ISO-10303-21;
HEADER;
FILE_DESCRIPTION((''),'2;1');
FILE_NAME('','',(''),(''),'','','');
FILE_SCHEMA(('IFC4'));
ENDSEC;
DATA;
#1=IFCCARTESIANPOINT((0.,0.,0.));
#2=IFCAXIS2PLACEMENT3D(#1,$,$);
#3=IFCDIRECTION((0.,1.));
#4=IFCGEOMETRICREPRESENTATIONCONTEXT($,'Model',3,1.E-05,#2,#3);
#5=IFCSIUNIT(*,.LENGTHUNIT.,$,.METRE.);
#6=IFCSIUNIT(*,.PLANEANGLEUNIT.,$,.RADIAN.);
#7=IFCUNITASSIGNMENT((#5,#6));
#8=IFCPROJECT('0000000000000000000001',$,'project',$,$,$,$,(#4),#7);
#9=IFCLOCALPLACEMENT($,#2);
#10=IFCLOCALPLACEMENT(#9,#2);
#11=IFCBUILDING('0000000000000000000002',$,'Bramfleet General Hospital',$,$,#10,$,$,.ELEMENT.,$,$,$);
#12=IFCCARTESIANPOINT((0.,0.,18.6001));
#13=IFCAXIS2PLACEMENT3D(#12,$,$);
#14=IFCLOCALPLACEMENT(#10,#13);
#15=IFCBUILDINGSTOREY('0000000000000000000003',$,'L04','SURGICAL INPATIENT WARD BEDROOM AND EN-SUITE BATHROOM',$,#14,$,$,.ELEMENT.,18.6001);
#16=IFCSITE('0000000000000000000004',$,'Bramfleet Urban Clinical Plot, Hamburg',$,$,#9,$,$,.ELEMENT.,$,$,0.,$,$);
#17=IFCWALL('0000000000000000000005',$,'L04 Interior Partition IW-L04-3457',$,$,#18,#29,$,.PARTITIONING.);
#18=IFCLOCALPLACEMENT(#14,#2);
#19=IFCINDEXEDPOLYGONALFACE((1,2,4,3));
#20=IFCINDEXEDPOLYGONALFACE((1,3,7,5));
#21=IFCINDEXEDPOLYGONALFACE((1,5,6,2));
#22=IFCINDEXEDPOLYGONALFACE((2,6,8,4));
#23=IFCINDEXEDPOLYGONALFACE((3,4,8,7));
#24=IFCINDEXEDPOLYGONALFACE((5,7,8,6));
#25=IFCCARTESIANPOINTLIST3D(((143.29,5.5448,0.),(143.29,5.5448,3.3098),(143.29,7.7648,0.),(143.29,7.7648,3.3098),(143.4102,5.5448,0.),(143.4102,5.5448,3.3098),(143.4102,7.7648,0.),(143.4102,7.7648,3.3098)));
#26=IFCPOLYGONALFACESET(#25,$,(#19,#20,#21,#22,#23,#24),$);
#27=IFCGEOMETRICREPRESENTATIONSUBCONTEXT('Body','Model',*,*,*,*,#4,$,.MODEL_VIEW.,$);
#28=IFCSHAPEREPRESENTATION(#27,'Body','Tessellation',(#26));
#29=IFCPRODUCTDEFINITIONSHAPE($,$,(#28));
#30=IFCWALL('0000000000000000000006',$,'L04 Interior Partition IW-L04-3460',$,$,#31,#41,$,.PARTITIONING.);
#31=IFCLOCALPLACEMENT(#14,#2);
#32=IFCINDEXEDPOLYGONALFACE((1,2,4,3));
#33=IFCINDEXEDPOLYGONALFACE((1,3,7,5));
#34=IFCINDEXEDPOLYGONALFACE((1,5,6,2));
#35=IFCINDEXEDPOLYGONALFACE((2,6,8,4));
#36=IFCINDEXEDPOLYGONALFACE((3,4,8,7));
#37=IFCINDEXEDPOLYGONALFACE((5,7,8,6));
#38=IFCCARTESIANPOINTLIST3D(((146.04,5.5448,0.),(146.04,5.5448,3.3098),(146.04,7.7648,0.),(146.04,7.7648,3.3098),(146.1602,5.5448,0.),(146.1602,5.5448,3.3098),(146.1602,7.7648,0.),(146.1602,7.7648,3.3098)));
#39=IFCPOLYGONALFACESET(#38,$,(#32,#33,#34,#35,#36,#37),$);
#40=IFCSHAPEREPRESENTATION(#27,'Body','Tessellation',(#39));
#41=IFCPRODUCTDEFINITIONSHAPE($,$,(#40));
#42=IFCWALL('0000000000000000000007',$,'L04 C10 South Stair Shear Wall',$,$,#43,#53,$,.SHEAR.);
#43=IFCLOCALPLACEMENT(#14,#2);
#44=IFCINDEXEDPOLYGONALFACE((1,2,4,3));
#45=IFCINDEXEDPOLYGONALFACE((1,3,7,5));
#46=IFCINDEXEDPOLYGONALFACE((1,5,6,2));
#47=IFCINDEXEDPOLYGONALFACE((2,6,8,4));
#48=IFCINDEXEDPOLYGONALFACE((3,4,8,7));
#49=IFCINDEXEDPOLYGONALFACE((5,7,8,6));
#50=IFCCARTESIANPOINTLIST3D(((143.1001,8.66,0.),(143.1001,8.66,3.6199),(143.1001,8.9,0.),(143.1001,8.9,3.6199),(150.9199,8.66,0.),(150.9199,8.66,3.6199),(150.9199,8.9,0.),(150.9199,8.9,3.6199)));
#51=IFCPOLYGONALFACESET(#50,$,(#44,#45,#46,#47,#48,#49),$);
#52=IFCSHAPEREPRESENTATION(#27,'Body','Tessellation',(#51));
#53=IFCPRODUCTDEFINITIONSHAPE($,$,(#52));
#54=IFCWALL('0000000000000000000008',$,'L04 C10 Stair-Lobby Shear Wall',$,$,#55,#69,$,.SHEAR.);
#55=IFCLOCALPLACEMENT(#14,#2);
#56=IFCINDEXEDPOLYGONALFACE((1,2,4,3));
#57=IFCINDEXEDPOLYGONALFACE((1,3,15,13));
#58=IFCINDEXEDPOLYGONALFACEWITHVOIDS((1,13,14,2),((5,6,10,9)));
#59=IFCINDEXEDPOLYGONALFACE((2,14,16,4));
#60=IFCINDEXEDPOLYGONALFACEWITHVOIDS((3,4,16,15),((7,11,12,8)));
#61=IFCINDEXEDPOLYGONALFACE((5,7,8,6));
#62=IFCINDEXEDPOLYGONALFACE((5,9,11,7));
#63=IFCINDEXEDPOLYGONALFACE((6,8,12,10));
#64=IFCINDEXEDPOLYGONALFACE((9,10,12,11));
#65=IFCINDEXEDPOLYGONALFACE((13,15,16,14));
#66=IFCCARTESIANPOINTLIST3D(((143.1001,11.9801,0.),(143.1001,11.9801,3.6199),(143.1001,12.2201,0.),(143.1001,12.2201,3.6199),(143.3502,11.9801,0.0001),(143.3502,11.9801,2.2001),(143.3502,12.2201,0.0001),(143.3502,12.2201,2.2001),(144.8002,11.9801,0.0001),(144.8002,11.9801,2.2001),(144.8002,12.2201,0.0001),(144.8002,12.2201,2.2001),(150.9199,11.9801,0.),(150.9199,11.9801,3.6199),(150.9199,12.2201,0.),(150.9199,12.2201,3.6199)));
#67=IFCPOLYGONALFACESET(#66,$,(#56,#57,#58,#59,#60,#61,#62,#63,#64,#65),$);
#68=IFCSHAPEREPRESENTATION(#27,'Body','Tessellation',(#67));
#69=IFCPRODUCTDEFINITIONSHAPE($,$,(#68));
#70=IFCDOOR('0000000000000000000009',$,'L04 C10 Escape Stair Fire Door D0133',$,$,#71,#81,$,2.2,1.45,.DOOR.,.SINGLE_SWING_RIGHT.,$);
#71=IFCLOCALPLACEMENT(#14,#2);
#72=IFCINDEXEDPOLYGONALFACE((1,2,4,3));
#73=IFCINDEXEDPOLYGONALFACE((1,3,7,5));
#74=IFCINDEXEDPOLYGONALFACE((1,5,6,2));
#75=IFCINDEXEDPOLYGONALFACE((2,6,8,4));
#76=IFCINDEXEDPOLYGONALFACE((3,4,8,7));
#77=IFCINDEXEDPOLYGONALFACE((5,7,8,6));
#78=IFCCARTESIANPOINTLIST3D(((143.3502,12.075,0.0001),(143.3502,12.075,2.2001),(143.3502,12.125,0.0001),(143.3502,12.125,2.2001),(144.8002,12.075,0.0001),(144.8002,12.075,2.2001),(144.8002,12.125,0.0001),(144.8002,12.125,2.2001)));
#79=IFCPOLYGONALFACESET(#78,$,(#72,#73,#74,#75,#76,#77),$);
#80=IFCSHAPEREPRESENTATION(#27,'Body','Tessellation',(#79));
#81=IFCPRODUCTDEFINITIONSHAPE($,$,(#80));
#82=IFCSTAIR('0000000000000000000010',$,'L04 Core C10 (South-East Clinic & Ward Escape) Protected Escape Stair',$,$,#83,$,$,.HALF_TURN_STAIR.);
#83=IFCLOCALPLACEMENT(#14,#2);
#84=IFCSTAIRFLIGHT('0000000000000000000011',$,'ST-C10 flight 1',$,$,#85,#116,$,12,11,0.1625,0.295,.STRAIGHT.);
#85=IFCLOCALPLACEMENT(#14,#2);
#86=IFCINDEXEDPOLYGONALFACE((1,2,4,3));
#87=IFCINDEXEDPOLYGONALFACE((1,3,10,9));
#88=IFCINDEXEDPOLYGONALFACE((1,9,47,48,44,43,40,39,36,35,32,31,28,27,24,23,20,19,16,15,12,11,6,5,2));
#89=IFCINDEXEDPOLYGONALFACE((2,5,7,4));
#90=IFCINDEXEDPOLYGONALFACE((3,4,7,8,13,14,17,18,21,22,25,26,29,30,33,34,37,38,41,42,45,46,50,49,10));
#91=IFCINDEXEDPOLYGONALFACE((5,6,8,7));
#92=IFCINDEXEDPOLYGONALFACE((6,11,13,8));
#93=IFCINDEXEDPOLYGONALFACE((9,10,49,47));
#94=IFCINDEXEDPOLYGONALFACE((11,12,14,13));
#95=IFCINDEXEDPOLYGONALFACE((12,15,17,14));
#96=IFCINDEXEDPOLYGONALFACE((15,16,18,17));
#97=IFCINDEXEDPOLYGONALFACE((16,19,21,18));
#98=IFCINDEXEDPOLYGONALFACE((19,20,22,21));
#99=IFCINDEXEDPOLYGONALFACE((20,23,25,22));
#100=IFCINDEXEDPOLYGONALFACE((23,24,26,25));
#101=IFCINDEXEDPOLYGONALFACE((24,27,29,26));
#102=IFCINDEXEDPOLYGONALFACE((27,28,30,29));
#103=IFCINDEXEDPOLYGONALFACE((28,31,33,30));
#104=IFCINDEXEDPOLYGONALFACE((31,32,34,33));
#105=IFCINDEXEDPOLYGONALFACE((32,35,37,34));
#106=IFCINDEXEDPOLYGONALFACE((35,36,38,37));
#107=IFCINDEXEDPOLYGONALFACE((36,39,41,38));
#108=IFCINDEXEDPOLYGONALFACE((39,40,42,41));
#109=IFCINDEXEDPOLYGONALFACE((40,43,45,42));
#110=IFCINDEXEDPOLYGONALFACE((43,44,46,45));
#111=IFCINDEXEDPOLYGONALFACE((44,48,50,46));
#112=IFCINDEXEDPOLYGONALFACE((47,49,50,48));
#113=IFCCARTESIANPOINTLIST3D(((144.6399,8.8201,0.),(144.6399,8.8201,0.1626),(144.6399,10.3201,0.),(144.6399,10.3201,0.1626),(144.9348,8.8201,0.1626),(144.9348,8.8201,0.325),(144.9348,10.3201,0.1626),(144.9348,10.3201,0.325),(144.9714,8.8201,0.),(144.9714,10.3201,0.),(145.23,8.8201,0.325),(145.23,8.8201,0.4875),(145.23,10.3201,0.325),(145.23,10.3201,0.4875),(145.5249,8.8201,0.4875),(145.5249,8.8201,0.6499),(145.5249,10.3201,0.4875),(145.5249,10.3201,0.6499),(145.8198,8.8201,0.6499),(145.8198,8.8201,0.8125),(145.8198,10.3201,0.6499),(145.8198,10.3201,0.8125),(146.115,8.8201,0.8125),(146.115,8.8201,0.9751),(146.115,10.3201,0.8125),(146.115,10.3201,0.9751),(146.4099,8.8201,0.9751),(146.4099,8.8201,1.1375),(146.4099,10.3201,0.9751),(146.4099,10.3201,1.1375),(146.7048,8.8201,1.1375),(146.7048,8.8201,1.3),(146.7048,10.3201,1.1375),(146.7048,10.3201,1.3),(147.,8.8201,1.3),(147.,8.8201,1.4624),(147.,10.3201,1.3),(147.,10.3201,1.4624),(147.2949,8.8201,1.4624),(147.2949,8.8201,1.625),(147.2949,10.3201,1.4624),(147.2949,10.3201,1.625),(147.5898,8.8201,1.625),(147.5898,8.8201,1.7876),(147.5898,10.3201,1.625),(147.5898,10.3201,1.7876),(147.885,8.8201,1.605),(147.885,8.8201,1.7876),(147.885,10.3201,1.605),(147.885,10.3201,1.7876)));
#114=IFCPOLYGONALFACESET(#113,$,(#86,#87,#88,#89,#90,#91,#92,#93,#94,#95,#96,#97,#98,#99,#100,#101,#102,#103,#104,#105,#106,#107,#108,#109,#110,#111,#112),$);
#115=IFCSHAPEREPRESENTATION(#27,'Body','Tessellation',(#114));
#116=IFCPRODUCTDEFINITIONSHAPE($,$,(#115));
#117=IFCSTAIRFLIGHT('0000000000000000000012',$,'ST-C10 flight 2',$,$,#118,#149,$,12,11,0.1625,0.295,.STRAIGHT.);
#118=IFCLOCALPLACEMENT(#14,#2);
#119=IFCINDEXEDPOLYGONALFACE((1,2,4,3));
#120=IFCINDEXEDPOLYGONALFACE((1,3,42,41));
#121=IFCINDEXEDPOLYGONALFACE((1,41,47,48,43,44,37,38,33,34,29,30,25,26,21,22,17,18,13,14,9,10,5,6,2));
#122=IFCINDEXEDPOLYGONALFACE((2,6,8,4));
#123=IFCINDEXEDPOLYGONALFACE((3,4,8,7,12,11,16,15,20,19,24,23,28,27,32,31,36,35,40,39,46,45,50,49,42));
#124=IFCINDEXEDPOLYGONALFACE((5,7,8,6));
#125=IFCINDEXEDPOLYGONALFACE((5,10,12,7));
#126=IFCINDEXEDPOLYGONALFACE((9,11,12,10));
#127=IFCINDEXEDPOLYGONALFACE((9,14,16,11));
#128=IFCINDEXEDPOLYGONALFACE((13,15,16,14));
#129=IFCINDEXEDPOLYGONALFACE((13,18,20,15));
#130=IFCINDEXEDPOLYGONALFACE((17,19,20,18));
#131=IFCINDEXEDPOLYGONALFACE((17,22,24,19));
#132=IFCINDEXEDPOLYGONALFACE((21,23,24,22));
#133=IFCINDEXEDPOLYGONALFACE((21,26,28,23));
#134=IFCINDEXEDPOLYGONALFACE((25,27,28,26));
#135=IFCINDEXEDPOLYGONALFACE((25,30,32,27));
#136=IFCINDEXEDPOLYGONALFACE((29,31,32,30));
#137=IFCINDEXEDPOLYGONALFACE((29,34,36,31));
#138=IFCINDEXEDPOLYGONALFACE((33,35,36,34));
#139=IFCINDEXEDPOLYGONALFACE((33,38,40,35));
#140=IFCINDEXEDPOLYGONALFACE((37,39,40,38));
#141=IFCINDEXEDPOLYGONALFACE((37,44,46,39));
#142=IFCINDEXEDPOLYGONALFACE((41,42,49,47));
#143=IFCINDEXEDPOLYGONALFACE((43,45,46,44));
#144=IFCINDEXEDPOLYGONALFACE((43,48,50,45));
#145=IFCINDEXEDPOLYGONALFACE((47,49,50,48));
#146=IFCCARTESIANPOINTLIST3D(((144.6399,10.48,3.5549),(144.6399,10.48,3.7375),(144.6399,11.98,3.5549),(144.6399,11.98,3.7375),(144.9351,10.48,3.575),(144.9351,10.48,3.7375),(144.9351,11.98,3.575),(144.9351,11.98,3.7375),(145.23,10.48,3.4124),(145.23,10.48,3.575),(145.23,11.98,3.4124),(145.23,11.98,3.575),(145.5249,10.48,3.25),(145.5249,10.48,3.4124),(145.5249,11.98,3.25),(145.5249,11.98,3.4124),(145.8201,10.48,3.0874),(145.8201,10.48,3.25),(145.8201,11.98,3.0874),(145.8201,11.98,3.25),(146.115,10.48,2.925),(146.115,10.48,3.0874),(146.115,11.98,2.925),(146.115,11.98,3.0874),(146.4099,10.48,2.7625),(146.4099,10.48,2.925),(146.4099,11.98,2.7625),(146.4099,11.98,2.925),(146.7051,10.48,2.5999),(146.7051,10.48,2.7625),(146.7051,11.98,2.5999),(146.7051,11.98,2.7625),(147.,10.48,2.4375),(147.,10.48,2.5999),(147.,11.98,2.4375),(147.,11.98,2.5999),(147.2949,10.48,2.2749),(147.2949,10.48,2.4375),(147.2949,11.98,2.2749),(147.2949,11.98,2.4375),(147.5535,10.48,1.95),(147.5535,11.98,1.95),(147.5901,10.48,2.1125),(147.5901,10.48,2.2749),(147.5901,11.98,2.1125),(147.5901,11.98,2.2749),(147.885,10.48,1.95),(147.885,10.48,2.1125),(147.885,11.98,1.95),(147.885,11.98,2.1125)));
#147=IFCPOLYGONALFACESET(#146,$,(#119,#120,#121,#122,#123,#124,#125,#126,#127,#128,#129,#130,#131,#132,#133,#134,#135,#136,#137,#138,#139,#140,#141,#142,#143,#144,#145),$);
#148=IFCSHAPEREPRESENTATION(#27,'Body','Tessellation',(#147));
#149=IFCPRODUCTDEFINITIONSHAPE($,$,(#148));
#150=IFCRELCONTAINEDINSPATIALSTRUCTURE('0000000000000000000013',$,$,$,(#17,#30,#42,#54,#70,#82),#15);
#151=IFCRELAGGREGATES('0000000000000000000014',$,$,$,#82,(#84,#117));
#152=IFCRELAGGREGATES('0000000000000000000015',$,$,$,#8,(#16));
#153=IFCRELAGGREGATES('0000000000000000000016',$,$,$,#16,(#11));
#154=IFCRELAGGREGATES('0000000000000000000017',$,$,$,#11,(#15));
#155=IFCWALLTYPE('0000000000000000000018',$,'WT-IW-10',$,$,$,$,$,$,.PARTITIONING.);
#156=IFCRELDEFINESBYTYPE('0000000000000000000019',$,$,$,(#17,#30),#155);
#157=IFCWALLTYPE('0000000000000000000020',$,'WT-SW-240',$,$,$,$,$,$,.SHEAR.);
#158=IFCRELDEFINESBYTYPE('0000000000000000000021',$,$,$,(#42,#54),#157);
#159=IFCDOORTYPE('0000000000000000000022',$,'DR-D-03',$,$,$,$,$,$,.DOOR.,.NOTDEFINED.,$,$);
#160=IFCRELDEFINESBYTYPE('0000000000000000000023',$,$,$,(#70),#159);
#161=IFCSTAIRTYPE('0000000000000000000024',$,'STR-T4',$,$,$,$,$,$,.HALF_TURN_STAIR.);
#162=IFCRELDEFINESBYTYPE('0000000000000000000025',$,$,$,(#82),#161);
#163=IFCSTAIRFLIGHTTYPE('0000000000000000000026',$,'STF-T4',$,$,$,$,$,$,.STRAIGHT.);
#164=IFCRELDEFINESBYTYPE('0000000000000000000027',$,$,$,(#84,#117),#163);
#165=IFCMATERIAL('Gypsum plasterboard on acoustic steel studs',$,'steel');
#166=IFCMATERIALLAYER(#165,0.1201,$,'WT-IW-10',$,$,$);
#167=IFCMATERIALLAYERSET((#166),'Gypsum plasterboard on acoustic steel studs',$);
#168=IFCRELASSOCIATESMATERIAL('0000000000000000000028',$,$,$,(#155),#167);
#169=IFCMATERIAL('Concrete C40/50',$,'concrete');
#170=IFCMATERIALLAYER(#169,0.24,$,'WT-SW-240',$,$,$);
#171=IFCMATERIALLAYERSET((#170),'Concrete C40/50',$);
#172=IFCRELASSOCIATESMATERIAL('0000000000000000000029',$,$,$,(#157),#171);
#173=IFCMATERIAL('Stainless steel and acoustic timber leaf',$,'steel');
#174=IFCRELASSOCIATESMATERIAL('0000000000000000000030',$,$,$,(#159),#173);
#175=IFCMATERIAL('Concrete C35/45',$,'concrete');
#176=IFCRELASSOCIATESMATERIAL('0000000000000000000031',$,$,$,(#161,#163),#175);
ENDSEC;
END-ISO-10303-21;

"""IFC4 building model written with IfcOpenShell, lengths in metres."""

from ifc_helpers import new_model, si_unit, direction, frame, frame_2d, origin, place, context, subcontext, project, spatial, polyline, rectangle, outline, extrude, material, layer, layer_set, type_object, element, fill, aggregate, save


model = new_model("IFC4")

# Units and contexts
model_context = context("Model", 3, precision=1e-05, world=origin(), true_north=direction((0.0, 1.0)))
body_context = subcontext(model_context, "Body", "Model", "MODEL_VIEW")
ifc_project = project(units=[si_unit("LENGTHUNIT", "METRE"), si_unit("PLANEANGLEUNIT", "RADIAN")], contexts=[model_context])

# Site, building, storey
site_placement = place(None, origin())
site = spatial("IfcSite", under=ifc_project, at=site_placement, Name="Bramfleet Urban Clinical Plot, Hamburg", CompositionType="ELEMENT", RefElevation=0.0)
building_placement = place(site_placement, origin())
building = spatial("IfcBuilding", under=site, at=building_placement, Name="Bramfleet General Hospital", CompositionType="ELEMENT")
storey_placement = place(building_placement, frame((0.0, 0.0, 18.6001)))
storey = spatial("IfcBuildingStorey", under=building, at=storey_placement, Name="L04", Description="SURGICAL INPATIENT WARD BEDROOM AND EN-SUITE BATHROOM", CompositionType="ELEMENT", Elevation=18.6001)

# Shared definitions
ifc_material_1 = material(Name="Concrete C40/50", Category="concrete")

# Shared definitions
ifc_material_2 = material(Name="Concrete C35/45", Category="concrete")

# Shared definitions
ifc_material_3 = material(Name="Stainless steel and acoustic timber leaf", Category="steel")

# Shared definitions
ifc_material_4 = material(Name="Gypsum plasterboard on acoustic steel studs", Category="steel")

# Shared definitions
ifc_layer_1 = layer(ifc_material_4, 0.1201, Name="WT-IW-10")
ifc_layer_set_1 = layer_set([ifc_layer_1], Name="Gypsum plasterboard on acoustic steel studs")
wall_type_1 = type_object("IfcWallType", Name="WT-IW-10", PredefinedType="PARTITIONING", material=ifc_layer_set_1)

# Walls
for number, where, z_axis, x_axis, name in (
    (1, (143.3501, 5.5449, 0.0), (0.0, 0.0, 1.0), (0.0, 1.0, 0.0), "L04 Interior Partition IW-L04-3457"),
    (2, (146.1001, 5.5449, 0.0), (0.0, 0.0, 1.0), (0.0, 1.0, 0.0), "L04 Interior Partition IW-L04-3460"),
):
    element("IfcWall", number, at=place(storey_placement, frame(where, z_axis=z_axis, x_axis=x_axis)), inside=storey, type_object=wall_type_1, Name=name, PredefinedType="PARTITIONING", context=body_context, shape_type="SweptSolid", body=[
        extrude(rectangle(XDim=2.22, YDim=0.1201, at=frame_2d((1.1099, 0.0))), origin(), (0.0, 0.0, 1.0), 3.3098),
    ])
ifc_layer_2 = layer(ifc_material_1, 0.24, Name="WT-SW-240")
ifc_layer_set_2 = layer_set([ifc_layer_2], Name="Concrete C40/50")
wall_type_2 = type_object("IfcWallType", Name="WT-SW-240", PredefinedType="SHEAR", material=ifc_layer_set_2)
wall_1_placement = place(storey_placement, frame((143.1001, 8.78, 0.0), z_axis=(0.0, 0.0, 1.0), x_axis=(1.0, 0.0, 0.0)))
element("IfcWall", 3, at=wall_1_placement, inside=storey, type_object=wall_type_2, Name="L04 C10 South Stair Shear Wall", PredefinedType="SHEAR", context=body_context, shape_type="SweptSolid", body=[
    extrude(rectangle(XDim=7.8198, YDim=0.24, at=frame_2d((3.9099, 0.0))), origin(), (0.0, 0.0, 1.0), 3.6199),
])

# Wall, opening, door
wall_2_placement = place(storey_placement, frame((143.1001, 12.1001, 0.0), z_axis=(0.0, 0.0, 1.0), x_axis=(1.0, 0.0, 0.0)))
wall_2 = element("IfcWall", 4, at=wall_2_placement, inside=storey, type_object=wall_type_2, Name="L04 C10 Stair-Lobby Shear Wall", PredefinedType="SHEAR", context=body_context, shape_type="SweptSolid", body=[
    extrude(rectangle(XDim=7.8198, YDim=0.24, at=frame_2d((3.9099, 0.0))), origin(), (0.0, 0.0, 1.0), 3.6199),
])
opening_1_placement = place(wall_2_placement, frame((0.25, 0.0, 0.0)))
opening_1 = element("IfcOpeningElement", 5, at=opening_1_placement, cuts=wall_2, PredefinedType="OPENING", context=body_context, shape_type="SweptSolid", body=[
    extrude(rectangle(XDim=1.45, YDim=2.2, at=frame_2d((0.7251, 1.1001))), frame((0.0, 0.1299, 0.0), z_axis=(0.0, -1.0, 0.0), x_axis=(1.0, 0.0, 0.0)), (0.0, 0.0, 1.0), 0.26),
])
door_type_1 = type_object("IfcDoorType", Name="DR-D-03", OperationType="NOTDEFINED", PredefinedType="DOOR", material=ifc_material_3)
door_1_placement = place(opening_1_placement, origin())
door_1 = element("IfcDoor", 6, at=door_1_placement, inside=storey, type_object=door_type_1, Name="L04 C10 Escape Stair Fire Door D0133", OperationType="SINGLE_SWING_RIGHT", OverallHeight=2.2, OverallWidth=1.45, PredefinedType="DOOR", context=body_context, shape_type="SweptSolid", body=[
    extrude(rectangle(XDim=1.45, YDim=2.2, at=frame_2d((0.7251, 1.1001))), frame((0.0, 0.0249, 0.0), z_axis=(0.0, -1.0, 0.0), x_axis=(1.0, 0.0, 0.0)), (0.0, 0.0, 1.0), 0.05),
])
fill(opening_1, door_1)

# Stair, stair flights
stair_type = type_object("IfcStairType", Name="STR-T4", PredefinedType="HALF_TURN_STAIR", material=ifc_material_2)
stair_placement = place(storey_placement, origin())
stair = element("IfcStair", 7, at=stair_placement, inside=storey, type_object=stair_type, Name="L04 Core C10 (South-East Clinic & Ward Escape) Protected Escape Stair", PredefinedType="HALF_TURN_STAIR")
stair_flight_type = type_object("IfcStairFlightType", Name="STF-T4", PredefinedType="STRAIGHT", material=ifc_material_2)
stair_flight_1_placement = place(storey_placement, frame((144.6399, 9.5701, 0.0), z_axis=(0.0, 0.0, 1.0), x_axis=(1.0, 0.0, 0.0)))
stair_flight_1 = element("IfcStairFlight", 8, at=stair_flight_1_placement, type_object=stair_flight_type, Name="ST-C10 flight 1", NumberOfRisers=12, NumberOfTreads=11, PredefinedType="STRAIGHT", RiserHeight=0.1625, TreadLength=0.295, context=body_context, shape_type="SweptSolid", body=[
    extrude(outline(polyline([(0.0, 0.0), (0.0, 0.1626), (0.2949, 0.1626), (0.2949, 0.325), (0.5901, 0.325), (0.5901, 0.4875), (0.885, 0.4875), (0.885, 0.6499), (1.1799, 0.6499), (1.1799, 0.8125), (1.4751, 0.8125), (1.4751, 0.9751), (1.77, 0.9751), (1.77, 1.1375), (2.0649, 1.1375), (2.0649, 1.3), (2.3601, 1.3), (2.3601, 1.4624), (2.655, 1.4624), (2.655, 1.625), (2.95, 1.625), (2.95, 1.7876), (3.2451, 1.7876), (3.2451, 1.95), (3.2451, 1.605), (0.3315, 0.0), (0.0, 0.0)])), frame((0.0, 0.75, 0.0), z_axis=(0.0, -1.0, 0.0), x_axis=(1.0, 0.0, 0.0)), (0.0, 0.0, 1.0), 1.5),
])
stair_flight_2_placement = place(storey_placement, frame((147.885, 11.23, 1.95), z_axis=(0.0, 0.0, 1.0), x_axis=(-1.0, 0.0, 0.0)))
stair_flight_2 = element("IfcStairFlight", 9, at=stair_flight_2_placement, type_object=stair_flight_type, Name="ST-C10 flight 2", NumberOfRisers=12, NumberOfTreads=11, PredefinedType="STRAIGHT", RiserHeight=0.1625, TreadLength=0.295, context=body_context, shape_type="SweptSolid", body=[
    extrude(outline(polyline([(0.0, 0.0), (0.0, 0.1626), (0.2949, 0.1626), (0.2949, 0.325), (0.5901, 0.325), (0.5901, 0.4875), (0.885, 0.4875), (0.885, 0.6499), (1.1799, 0.6499), (1.1799, 0.8125), (1.4751, 0.8125), (1.4751, 0.9751), (1.77, 0.9751), (1.77, 1.1375), (2.0649, 1.1375), (2.0649, 1.3), (2.3601, 1.3), (2.3601, 1.4624), (2.655, 1.4624), (2.655, 1.625), (2.95, 1.625), (2.95, 1.7876), (3.2451, 1.7876), (3.2451, 1.95), (3.2451, 1.605), (0.3315, 0.0), (0.0, 0.0)])), frame((0.0, 0.75, 0.0), z_axis=(0.0, -1.0, 0.0), x_axis=(1.0, 0.0, 0.0)), (0.0, 0.0, 1.0), 1.5),
])
aggregate(stair, [stair_flight_1, stair_flight_2])

save(model, "model.ifc")
